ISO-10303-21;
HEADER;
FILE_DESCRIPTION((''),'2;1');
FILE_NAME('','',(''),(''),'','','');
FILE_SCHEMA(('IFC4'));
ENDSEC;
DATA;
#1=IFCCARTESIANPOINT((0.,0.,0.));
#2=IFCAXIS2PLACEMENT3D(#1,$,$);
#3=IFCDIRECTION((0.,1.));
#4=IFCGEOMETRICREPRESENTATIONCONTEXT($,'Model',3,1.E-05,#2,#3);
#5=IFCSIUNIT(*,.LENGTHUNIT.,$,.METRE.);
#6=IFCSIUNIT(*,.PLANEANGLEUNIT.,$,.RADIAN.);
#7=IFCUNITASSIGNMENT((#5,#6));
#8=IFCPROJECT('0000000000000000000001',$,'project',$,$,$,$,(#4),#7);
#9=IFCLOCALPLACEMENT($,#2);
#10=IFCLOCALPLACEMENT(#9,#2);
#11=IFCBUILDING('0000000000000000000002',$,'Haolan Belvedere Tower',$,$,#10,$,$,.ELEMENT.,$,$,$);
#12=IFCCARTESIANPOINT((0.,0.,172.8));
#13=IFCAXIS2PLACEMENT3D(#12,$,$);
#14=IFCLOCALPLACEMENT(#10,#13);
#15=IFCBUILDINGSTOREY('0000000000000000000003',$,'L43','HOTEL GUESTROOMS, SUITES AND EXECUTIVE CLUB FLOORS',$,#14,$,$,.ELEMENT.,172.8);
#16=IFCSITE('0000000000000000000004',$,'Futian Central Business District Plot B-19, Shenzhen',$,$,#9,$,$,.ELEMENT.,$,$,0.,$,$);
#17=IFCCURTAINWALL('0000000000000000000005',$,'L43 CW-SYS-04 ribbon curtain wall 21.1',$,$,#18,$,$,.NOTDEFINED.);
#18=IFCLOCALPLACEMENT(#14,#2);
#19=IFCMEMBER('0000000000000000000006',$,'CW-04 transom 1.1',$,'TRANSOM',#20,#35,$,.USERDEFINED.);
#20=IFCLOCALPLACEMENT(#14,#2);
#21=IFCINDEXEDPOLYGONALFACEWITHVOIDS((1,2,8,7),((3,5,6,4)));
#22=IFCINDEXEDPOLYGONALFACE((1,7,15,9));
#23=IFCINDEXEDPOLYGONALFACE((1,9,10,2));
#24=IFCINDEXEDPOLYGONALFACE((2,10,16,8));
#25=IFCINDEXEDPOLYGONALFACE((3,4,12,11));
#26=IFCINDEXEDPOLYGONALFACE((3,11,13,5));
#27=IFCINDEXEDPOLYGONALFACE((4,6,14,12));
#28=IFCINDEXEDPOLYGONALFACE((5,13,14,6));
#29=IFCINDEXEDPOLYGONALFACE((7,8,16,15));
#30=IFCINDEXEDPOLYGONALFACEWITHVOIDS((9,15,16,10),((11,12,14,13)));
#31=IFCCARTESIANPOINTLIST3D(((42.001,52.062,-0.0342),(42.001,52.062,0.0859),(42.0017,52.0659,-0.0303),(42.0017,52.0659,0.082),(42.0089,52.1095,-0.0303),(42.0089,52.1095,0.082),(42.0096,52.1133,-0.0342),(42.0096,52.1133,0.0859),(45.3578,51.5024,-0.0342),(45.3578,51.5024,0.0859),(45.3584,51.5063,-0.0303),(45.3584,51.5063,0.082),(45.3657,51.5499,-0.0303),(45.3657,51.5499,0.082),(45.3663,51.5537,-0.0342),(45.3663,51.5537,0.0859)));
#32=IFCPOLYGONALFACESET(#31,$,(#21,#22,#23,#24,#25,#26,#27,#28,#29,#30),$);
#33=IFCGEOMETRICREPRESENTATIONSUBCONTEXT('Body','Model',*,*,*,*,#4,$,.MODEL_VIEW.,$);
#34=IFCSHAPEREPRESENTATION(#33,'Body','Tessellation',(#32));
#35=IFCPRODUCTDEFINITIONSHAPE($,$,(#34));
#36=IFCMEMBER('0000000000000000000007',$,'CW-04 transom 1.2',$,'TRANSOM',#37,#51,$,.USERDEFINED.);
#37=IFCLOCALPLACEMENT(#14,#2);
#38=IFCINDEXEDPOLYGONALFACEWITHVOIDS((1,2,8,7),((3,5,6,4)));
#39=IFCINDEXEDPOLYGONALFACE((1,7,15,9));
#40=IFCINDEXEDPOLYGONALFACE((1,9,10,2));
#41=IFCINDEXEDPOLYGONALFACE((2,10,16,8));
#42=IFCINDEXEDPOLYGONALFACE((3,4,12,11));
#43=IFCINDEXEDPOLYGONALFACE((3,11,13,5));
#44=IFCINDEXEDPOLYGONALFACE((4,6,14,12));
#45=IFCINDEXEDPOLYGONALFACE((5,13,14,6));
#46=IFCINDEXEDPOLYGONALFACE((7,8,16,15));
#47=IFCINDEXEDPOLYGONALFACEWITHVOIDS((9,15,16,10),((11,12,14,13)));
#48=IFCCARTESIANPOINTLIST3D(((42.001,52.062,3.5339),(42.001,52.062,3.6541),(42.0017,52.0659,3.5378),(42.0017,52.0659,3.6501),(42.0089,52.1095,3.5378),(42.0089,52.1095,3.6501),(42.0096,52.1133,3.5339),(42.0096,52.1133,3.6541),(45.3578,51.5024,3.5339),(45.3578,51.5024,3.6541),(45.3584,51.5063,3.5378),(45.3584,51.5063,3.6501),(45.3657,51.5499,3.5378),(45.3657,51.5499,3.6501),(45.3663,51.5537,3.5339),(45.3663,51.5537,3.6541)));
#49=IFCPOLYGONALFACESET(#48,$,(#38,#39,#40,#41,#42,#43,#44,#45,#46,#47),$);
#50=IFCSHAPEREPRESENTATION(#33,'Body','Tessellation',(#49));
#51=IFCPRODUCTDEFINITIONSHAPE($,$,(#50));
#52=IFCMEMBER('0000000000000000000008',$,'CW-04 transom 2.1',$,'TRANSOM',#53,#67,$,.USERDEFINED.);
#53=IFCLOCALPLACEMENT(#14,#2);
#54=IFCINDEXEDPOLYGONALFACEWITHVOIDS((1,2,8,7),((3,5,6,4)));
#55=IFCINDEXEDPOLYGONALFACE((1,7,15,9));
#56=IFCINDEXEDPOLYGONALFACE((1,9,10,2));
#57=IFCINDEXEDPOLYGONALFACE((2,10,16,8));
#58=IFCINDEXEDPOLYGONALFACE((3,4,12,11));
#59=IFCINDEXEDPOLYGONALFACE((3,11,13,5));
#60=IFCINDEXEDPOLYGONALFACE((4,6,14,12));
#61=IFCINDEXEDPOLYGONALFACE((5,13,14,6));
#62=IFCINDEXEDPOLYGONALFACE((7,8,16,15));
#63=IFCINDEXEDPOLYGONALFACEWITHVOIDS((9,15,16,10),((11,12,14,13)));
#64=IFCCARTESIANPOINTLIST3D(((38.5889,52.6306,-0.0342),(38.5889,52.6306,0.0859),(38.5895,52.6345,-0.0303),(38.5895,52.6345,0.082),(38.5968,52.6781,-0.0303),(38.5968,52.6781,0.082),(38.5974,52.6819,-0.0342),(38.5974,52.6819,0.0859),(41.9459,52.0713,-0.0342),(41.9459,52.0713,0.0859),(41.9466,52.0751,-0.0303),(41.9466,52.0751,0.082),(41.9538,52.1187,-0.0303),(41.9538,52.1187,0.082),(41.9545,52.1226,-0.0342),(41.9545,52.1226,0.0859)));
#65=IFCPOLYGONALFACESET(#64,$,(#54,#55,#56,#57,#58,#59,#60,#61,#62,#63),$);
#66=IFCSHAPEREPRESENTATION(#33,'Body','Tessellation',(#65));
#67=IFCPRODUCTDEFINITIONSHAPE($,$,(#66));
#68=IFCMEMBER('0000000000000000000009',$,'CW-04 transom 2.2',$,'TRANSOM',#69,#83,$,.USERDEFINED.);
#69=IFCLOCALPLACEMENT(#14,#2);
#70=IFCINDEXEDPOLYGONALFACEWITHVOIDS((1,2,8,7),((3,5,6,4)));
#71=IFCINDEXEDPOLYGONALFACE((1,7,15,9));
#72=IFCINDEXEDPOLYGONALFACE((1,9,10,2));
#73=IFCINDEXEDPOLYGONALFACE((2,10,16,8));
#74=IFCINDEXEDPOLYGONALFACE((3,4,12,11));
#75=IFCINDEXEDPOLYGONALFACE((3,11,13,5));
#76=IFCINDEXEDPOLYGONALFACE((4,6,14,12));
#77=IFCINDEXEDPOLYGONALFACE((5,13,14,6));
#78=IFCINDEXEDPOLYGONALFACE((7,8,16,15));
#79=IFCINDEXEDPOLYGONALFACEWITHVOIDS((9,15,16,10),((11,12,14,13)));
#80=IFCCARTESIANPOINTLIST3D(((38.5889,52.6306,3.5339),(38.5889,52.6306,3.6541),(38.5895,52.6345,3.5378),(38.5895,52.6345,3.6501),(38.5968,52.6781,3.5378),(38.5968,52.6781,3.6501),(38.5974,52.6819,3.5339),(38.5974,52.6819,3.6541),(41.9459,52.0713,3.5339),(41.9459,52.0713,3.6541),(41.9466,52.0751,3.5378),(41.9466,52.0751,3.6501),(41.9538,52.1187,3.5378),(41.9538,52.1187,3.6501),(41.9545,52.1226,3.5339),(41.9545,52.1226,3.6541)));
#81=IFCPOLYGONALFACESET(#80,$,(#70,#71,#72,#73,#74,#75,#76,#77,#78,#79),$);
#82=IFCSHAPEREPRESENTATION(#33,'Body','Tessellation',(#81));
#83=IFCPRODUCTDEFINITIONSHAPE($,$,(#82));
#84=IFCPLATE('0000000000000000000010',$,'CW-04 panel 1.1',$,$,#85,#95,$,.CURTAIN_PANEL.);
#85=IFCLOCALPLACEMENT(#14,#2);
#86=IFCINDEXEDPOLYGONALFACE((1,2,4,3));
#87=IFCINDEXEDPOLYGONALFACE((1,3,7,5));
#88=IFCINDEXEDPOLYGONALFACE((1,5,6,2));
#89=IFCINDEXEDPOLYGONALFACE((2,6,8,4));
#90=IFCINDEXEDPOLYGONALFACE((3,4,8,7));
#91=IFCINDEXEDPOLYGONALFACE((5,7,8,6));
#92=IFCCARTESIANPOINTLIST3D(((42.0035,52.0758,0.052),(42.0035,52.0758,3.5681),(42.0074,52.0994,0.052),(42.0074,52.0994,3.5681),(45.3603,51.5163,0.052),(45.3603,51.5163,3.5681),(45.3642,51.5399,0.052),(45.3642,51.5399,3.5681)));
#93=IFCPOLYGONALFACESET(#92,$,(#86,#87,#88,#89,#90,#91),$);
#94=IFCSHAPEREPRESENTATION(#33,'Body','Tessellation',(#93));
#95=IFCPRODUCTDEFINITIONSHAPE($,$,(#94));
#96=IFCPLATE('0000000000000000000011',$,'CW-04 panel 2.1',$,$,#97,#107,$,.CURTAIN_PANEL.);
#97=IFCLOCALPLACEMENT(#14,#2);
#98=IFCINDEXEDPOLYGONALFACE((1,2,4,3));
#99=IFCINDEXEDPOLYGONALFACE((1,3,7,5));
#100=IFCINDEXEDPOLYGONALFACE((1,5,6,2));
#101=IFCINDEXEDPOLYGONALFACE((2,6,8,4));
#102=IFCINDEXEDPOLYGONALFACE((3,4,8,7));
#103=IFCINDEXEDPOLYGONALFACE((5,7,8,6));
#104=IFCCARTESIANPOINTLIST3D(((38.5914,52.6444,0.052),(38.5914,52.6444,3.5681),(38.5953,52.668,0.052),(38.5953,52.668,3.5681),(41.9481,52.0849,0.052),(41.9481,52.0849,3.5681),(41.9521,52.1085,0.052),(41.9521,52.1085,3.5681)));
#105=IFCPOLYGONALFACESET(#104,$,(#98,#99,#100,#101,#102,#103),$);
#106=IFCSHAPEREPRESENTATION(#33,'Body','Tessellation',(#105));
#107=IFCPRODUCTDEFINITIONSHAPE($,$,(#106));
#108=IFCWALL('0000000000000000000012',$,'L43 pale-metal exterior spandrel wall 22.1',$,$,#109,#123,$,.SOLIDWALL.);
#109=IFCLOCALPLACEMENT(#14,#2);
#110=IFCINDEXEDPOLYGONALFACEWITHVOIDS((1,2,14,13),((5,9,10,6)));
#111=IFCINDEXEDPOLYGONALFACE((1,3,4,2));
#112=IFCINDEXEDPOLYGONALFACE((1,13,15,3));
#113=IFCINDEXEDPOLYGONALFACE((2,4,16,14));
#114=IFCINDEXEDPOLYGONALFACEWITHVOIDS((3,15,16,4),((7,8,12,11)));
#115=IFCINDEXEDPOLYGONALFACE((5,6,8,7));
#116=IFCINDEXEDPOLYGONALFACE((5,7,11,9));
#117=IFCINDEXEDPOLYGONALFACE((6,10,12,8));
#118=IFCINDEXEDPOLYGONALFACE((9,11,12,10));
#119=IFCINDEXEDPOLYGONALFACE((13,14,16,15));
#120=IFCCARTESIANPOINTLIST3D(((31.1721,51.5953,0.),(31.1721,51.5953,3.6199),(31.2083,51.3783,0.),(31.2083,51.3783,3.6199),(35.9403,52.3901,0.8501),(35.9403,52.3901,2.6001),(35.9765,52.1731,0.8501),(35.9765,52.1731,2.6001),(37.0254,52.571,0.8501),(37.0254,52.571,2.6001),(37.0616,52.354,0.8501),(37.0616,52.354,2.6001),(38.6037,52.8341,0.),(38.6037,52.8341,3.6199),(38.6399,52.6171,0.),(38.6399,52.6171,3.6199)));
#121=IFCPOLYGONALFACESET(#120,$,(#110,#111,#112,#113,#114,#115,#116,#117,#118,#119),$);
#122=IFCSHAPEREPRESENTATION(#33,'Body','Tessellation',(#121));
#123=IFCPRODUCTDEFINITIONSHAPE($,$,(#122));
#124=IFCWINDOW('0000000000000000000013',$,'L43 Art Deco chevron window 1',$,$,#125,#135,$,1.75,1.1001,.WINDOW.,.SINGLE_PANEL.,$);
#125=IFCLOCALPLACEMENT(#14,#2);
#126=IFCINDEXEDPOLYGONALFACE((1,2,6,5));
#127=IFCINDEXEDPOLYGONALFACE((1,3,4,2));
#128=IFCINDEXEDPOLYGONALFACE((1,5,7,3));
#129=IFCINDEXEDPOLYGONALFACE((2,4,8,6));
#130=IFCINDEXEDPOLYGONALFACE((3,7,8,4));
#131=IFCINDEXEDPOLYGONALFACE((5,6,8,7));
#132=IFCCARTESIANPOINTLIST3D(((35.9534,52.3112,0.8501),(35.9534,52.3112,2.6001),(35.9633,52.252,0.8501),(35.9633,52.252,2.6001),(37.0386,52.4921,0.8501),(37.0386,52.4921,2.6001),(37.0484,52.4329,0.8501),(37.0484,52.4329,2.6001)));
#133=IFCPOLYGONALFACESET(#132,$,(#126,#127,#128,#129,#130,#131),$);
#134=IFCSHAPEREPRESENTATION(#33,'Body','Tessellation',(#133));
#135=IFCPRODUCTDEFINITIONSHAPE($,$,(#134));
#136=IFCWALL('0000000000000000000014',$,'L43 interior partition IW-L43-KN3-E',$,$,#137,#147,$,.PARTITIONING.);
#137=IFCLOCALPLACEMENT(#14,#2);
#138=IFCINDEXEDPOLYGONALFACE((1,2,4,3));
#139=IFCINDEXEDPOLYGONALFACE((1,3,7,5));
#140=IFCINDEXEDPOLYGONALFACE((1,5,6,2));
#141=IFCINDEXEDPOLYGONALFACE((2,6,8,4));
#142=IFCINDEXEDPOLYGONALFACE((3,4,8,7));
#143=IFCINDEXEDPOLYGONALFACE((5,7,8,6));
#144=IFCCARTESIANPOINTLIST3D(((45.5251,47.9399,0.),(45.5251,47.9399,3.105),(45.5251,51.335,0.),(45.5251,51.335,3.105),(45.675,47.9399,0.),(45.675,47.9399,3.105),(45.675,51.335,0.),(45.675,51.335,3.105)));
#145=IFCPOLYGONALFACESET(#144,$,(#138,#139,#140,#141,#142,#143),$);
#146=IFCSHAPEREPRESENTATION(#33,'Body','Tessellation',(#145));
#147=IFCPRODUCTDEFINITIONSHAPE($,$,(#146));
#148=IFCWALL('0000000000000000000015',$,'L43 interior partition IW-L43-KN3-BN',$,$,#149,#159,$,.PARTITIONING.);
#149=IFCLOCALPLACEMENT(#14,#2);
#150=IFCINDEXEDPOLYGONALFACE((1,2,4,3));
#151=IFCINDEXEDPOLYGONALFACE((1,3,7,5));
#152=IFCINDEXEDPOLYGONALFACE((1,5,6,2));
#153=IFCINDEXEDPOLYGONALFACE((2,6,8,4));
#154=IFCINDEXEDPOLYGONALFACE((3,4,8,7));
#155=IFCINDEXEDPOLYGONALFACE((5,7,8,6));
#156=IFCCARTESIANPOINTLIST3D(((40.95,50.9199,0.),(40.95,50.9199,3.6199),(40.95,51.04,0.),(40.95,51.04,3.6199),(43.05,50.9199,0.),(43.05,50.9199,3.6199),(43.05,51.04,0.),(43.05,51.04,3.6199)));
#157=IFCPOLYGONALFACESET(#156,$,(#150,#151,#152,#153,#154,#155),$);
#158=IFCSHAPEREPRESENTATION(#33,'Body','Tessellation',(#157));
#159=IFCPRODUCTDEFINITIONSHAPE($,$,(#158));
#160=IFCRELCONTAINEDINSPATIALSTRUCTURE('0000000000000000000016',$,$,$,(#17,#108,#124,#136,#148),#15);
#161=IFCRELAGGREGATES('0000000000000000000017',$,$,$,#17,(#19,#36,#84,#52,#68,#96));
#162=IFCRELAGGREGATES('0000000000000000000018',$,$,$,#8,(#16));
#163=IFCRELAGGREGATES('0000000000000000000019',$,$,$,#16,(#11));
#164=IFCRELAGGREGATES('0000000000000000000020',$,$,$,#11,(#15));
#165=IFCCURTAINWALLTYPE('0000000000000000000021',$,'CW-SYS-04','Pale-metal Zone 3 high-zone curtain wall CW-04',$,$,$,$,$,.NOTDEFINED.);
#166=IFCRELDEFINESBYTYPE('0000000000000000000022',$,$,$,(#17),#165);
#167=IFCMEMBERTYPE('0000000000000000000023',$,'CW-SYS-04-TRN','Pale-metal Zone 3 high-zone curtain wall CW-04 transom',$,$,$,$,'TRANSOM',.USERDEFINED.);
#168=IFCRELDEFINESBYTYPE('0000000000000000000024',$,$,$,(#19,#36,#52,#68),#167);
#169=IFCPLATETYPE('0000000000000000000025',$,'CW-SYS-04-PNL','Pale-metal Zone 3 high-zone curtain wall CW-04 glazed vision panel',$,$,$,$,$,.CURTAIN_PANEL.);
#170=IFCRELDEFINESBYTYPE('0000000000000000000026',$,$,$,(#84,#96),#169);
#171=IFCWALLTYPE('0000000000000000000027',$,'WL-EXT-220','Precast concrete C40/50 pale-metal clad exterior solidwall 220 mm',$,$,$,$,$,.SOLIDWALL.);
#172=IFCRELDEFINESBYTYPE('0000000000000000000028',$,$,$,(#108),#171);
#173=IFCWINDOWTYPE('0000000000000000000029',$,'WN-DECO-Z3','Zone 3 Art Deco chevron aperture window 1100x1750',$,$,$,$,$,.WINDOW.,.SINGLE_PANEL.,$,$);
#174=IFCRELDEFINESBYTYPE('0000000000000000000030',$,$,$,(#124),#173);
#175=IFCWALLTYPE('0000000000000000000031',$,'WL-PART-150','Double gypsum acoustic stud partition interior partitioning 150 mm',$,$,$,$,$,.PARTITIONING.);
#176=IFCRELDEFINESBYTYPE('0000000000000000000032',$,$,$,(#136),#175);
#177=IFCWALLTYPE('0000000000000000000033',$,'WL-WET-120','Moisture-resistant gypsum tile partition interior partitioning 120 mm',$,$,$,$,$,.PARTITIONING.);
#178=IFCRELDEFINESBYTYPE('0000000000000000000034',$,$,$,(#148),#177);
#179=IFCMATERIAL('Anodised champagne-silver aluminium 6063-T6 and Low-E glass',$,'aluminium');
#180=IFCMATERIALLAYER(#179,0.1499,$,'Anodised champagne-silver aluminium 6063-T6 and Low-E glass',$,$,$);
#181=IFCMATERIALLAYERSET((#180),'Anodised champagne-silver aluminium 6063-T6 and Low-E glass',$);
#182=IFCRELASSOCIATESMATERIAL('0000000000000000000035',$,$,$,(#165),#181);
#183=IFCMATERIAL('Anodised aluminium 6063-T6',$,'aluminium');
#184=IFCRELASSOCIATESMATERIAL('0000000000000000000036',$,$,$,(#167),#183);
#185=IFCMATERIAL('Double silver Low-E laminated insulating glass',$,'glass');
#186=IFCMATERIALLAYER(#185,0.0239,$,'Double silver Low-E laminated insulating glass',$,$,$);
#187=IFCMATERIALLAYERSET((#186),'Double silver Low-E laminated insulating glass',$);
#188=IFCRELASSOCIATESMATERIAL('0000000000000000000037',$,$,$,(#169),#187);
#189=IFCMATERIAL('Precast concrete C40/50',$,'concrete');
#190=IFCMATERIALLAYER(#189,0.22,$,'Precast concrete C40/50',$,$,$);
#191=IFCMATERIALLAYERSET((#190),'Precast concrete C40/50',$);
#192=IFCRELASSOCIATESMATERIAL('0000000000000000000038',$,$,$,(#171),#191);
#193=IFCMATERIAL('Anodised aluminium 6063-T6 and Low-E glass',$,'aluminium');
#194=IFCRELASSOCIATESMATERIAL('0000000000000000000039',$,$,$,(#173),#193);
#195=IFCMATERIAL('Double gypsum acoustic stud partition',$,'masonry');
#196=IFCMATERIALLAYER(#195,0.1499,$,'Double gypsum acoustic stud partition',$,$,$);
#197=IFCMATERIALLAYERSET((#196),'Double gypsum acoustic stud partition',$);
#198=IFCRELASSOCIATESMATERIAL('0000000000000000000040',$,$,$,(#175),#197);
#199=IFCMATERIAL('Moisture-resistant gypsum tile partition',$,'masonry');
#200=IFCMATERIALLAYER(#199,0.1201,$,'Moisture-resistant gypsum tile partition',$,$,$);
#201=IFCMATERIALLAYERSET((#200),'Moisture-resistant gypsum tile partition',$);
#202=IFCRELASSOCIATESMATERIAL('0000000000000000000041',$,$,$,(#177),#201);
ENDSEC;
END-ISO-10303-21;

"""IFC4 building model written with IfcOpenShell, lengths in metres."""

from ifc_helpers import new_model, si_unit, direction, frame, frame_2d, origin, origin_2d, place, context, subcontext, project, spatial, rectangle, hollow_rectangle, extrude, material, layer, layer_set, material_profile, profile_set, type_object, element, fill, aggregate, save


model = new_model("IFC4")

# Units and contexts
model_context = context("Model", 3, precision=1e-05, world=origin(), true_north=direction((0.0, 1.0)))
body_context = subcontext(model_context, "Body", "Model", "MODEL_VIEW")
ifc_project = project(units=[si_unit("LENGTHUNIT", "METRE"), si_unit("PLANEANGLEUNIT", "RADIAN")], contexts=[model_context])

# Site, building, storey
site_placement = place(None, origin())
site = spatial("IfcSite", under=ifc_project, at=site_placement, Name="Futian Central Business District Plot B-19, Shenzhen", CompositionType="ELEMENT", RefElevation=0.0)
building_placement = place(site_placement, origin())
building = spatial("IfcBuilding", under=site, at=building_placement, Name="Haolan Belvedere Tower", CompositionType="ELEMENT")
storey_placement = place(building_placement, frame((0.0, 0.0, 172.8)))
storey = spatial("IfcBuildingStorey", under=building, at=storey_placement, Name="L43", Description="HOTEL GUESTROOMS, SUITES AND EXECUTIVE CLUB FLOORS", CompositionType="ELEMENT", Elevation=172.8)

# Shared definitions
ifc_material_1 = material(Name="Anodised champagne-silver aluminium 6063-T6 and Low-E glass", Category="aluminium")
ifc_layer_1 = layer(ifc_material_1, 0.1499, Name="Anodised champagne-silver aluminium 6063-T6 and Low-E glass")
ifc_layer_set_1 = layer_set([ifc_layer_1], Name="Anodised champagne-silver aluminium 6063-T6 and Low-E glass")
curtain_wall_type = type_object("IfcCurtainWallType", Name="CW-SYS-04", Description="Pale-metal Zone 3 high-zone curtain wall CW-04", PredefinedType="NOTDEFINED", material=ifc_layer_set_1)
ifc_material_2 = material(Name="Anodised aluminium 6063-T6", Category="aluminium")

# Curtain wall, members, plates
curtain_wall_1_placement = place(storey_placement, origin())
curtain_wall_1 = element("IfcCurtainWall", 1, at=curtain_wall_1_placement, inside=storey, type_object=curtain_wall_type, Name="L43 CW-SYS-04 ribbon curtain wall 21.1", PredefinedType="NOTDEFINED")
ifc_material_profile_1 = material_profile(ifc_material_2, hollow_rectangle(XDim=0.052, YDim=0.1201, WallThickness=0.0039, at=origin_2d()), Name="Anodised aluminium 6063-T6")
ifc_profile_set_1 = profile_set([ifc_material_profile_1], Name="Anodised aluminium 6063-T6")
member_type_1 = type_object("IfcMemberType", Name="CW-SYS-04-TRN", Description="Pale-metal Zone 3 high-zone curtain wall CW-04 transom", ElementType="TRANSOM", PredefinedType="USERDEFINED", material=ifc_profile_set_1)
member_1_placement = place(storey_placement, frame((45.3621, 51.5281, 0.0259), z_axis=(-0.986388, 0.164434, 0.0), x_axis=(-0.164434, -0.986388, 0.0)))
member_1 = element("IfcMember", 2, at=member_1_placement, type_object=member_type_1, Name="CW-04 transom 1.1", ObjectType="TRANSOM", PredefinedType="USERDEFINED", context=body_context, shape_type="SweptSolid", body=[
    extrude(hollow_rectangle(XDim=0.052, YDim=0.1201, WallThickness=0.0039, at=origin_2d()), origin(), (0.0, 0.0, 1.0), 3.4031),
])
member_2_placement = place(storey_placement, frame((45.3621, 51.5281, 3.594), z_axis=(-0.986388, 0.164434, 0.0), x_axis=(-0.164434, -0.986388, 0.0)))
member_2 = element("IfcMember", 3, at=member_2_placement, type_object=member_type_1, Name="CW-04 transom 1.2", ObjectType="TRANSOM", PredefinedType="USERDEFINED", context=body_context, shape_type="SweptSolid", body=[
    extrude(hollow_rectangle(XDim=0.052, YDim=0.1201, WallThickness=0.0039, at=origin_2d()), origin(), (0.0, 0.0, 1.0), 3.4031),
])
member_3_placement = place(storey_placement, frame((41.9502, 52.0969, 0.0259), z_axis=(-0.986402, 0.164352, 0.0), x_axis=(-0.164352, -0.986402, 0.0)))
member_3 = element("IfcMember", 4, at=member_3_placement, type_object=member_type_1, Name="CW-04 transom 2.1", ObjectType="TRANSOM", PredefinedType="USERDEFINED", context=body_context, shape_type="SweptSolid", body=[
    extrude(hollow_rectangle(XDim=0.052, YDim=0.1201, WallThickness=0.0039, at=origin_2d()), origin(), (0.0, 0.0, 1.0), 3.4033),
])
member_4_placement = place(storey_placement, frame((41.9502, 52.0969, 3.594), z_axis=(-0.986402, 0.164352, 0.0), x_axis=(-0.164352, -0.986402, 0.0)))
member_4 = element("IfcMember", 5, at=member_4_placement, type_object=member_type_1, Name="CW-04 transom 2.2", ObjectType="TRANSOM", PredefinedType="USERDEFINED", context=body_context, shape_type="SweptSolid", body=[
    extrude(hollow_rectangle(XDim=0.052, YDim=0.1201, WallThickness=0.0039, at=origin_2d()), origin(), (0.0, 0.0, 1.0), 3.4033),
])
ifc_material_3 = material(Name="Double silver Low-E laminated insulating glass", Category="glass")
ifc_layer_2 = layer(ifc_material_3, 0.0239, Name="Double silver Low-E laminated insulating glass")
ifc_layer_set_2 = layer_set([ifc_layer_2], Name="Double silver Low-E laminated insulating glass")
plate_type = type_object("IfcPlateType", Name="CW-SYS-04-PNL", Description="Pale-metal Zone 3 high-zone curtain wall CW-04 glazed vision panel", PredefinedType="CURTAIN_PANEL", material=ifc_layer_set_2)
plate_1_placement = place(storey_placement, frame((43.6838, 51.8079, 0.052), z_axis=(0.0, 0.0, 1.0), x_axis=(-0.986393, 0.164406, 0.0)))
plate_1 = element("IfcPlate", 6, at=plate_1_placement, type_object=plate_type, Name="CW-04 panel 1.1", PredefinedType="CURTAIN_PANEL", context=body_context, shape_type="SweptSolid", body=[
    extrude(rectangle(XDim=3.4031, YDim=0.0239, at=origin_2d()), origin(), (0.0, 0.0, 1.0), 3.5161),
])
plate_2_placement = place(storey_placement, frame((40.2717, 52.3765, 0.052), z_axis=(0.0, 0.0, 1.0), x_axis=(-0.986393, 0.164406, 0.0)))
plate_2 = element("IfcPlate", 7, at=plate_2_placement, type_object=plate_type, Name="CW-04 panel 2.1", PredefinedType="CURTAIN_PANEL", context=body_context, shape_type="SweptSolid", body=[
    extrude(rectangle(XDim=3.4031, YDim=0.0239, at=origin_2d()), origin(), (0.0, 0.0, 1.0), 3.5161),
])
aggregate(curtain_wall_1, [member_1, member_2, plate_1, member_3, member_4, plate_2])

# Wall, opening, window
ifc_material_4 = material(Name="Precast concrete C40/50", Category="concrete")
ifc_layer_3 = layer(ifc_material_4, 0.22, Name="Precast concrete C40/50")
ifc_layer_set_3 = layer_set([ifc_layer_3], Name="Precast concrete C40/50")
wall_type_1 = type_object("IfcWallType", Name="WL-EXT-220", Description="Precast concrete C40/50 pale-metal clad exterior solidwall 220 mm", PredefinedType="SOLIDWALL", material=ifc_layer_set_3)
wall_1_placement = place(storey_placement, frame((38.6218, 52.7256, 0.0), z_axis=(0.0, 0.0, 1.0), x_axis=(-0.98639, -0.16442, 0.0)))
wall_1 = element("IfcWall", 8, at=wall_1_placement, inside=storey, type_object=wall_type_1, Name="L43 pale-metal exterior spandrel wall 22.1", PredefinedType="SOLIDWALL", context=body_context, shape_type="SweptSolid", body=[
    extrude(rectangle(XDim=7.5342, YDim=0.22, at=frame_2d((3.7671, 0.0))), origin(), (0.0, 0.0, 1.0), 3.6199),
])
opening_1_placement = place(wall_1_placement, frame((1.6001, 0.0, 0.8501)))
opening_1 = element("IfcOpeningElement", 9, at=opening_1_placement, cuts=wall_1, PredefinedType="OPENING", context=body_context, shape_type="SweptSolid", body=[
    extrude(rectangle(XDim=1.1001, YDim=1.75, at=frame_2d((0.55, 0.875))), frame((0.0, 0.1199, 0.0), z_axis=(0.0, -1.0, 0.0), x_axis=(1.0, 0.0, 0.0)), (0.0, 0.0, 1.0), 0.24),
])
ifc_material_5 = material(Name="Anodised aluminium 6063-T6 and Low-E glass", Category="aluminium")
window_type = type_object("IfcWindowType", Name="WN-DECO-Z3", Description="Zone 3 Art Deco chevron aperture window 1100x1750", PartitioningType="SINGLE_PANEL", PredefinedType="WINDOW", material=ifc_material_5)
window_placement = place(opening_1_placement, origin())
window = element("IfcWindow", 10, at=window_placement, inside=storey, type_object=window_type, Name="L43 Art Deco chevron window 1", OverallHeight=1.75, OverallWidth=1.1001, PartitioningType="SINGLE_PANEL", PredefinedType="WINDOW", context=body_context, shape_type="SweptSolid", body=[
    extrude(rectangle(XDim=1.1001, YDim=1.75, at=frame_2d((0.55, 0.875))), frame((0.0, 0.03, 0.0), z_axis=(0.0, -1.0, 0.0), x_axis=(1.0, 0.0, 0.0)), (0.0, 0.0, 1.0), 0.0601),
])
fill(opening_1, window)

# Walls
ifc_material_6 = material(Name="Double gypsum acoustic stud partition", Category="masonry")
ifc_layer_4 = layer(ifc_material_6, 0.1499, Name="Double gypsum acoustic stud partition")
ifc_layer_set_4 = layer_set([ifc_layer_4], Name="Double gypsum acoustic stud partition")
wall_type_2 = type_object("IfcWallType", Name="WL-PART-150", Description="Double gypsum acoustic stud partition interior partitioning 150 mm", PredefinedType="PARTITIONING", material=ifc_layer_set_4)
wall_2_placement = place(storey_placement, frame((45.6001, 47.9399, 0.0), z_axis=(0.0, 0.0, 1.0), x_axis=(0.0, 1.0, 0.0)))
element("IfcWall", 11, at=wall_2_placement, inside=storey, type_object=wall_type_2, Name="L43 interior partition IW-L43-KN3-E", PredefinedType="PARTITIONING", context=body_context, shape_type="SweptSolid", body=[
    extrude(rectangle(XDim=3.395, YDim=0.1499, at=frame_2d((1.6975, 0.0))), origin(), (0.0, 0.0, 1.0), 3.105),
])
ifc_material_7 = material(Name="Moisture-resistant gypsum tile partition", Category="masonry")
ifc_layer_5 = layer(ifc_material_7, 0.1201, Name="Moisture-resistant gypsum tile partition")
ifc_layer_set_5 = layer_set([ifc_layer_5], Name="Moisture-resistant gypsum tile partition")
wall_type_3 = type_object("IfcWallType", Name="WL-WET-120", Description="Moisture-resistant gypsum tile partition interior partitioning 120 mm", PredefinedType="PARTITIONING", material=ifc_layer_set_5)
wall_3_placement = place(storey_placement, frame((40.95, 50.98, 0.0), z_axis=(0.0, 0.0, 1.0), x_axis=(1.0, 0.0, 0.0)))
element("IfcWall", 12, at=wall_3_placement, inside=storey, type_object=wall_type_3, Name="L43 interior partition IW-L43-KN3-BN", PredefinedType="PARTITIONING", context=body_context, shape_type="SweptSolid", body=[
    extrude(rectangle(XDim=2.1001, YDim=0.1201, at=frame_2d((1.05, 0.0))), origin(), (0.0, 0.0, 1.0), 3.6199),
])

save(model, "model.ifc")
